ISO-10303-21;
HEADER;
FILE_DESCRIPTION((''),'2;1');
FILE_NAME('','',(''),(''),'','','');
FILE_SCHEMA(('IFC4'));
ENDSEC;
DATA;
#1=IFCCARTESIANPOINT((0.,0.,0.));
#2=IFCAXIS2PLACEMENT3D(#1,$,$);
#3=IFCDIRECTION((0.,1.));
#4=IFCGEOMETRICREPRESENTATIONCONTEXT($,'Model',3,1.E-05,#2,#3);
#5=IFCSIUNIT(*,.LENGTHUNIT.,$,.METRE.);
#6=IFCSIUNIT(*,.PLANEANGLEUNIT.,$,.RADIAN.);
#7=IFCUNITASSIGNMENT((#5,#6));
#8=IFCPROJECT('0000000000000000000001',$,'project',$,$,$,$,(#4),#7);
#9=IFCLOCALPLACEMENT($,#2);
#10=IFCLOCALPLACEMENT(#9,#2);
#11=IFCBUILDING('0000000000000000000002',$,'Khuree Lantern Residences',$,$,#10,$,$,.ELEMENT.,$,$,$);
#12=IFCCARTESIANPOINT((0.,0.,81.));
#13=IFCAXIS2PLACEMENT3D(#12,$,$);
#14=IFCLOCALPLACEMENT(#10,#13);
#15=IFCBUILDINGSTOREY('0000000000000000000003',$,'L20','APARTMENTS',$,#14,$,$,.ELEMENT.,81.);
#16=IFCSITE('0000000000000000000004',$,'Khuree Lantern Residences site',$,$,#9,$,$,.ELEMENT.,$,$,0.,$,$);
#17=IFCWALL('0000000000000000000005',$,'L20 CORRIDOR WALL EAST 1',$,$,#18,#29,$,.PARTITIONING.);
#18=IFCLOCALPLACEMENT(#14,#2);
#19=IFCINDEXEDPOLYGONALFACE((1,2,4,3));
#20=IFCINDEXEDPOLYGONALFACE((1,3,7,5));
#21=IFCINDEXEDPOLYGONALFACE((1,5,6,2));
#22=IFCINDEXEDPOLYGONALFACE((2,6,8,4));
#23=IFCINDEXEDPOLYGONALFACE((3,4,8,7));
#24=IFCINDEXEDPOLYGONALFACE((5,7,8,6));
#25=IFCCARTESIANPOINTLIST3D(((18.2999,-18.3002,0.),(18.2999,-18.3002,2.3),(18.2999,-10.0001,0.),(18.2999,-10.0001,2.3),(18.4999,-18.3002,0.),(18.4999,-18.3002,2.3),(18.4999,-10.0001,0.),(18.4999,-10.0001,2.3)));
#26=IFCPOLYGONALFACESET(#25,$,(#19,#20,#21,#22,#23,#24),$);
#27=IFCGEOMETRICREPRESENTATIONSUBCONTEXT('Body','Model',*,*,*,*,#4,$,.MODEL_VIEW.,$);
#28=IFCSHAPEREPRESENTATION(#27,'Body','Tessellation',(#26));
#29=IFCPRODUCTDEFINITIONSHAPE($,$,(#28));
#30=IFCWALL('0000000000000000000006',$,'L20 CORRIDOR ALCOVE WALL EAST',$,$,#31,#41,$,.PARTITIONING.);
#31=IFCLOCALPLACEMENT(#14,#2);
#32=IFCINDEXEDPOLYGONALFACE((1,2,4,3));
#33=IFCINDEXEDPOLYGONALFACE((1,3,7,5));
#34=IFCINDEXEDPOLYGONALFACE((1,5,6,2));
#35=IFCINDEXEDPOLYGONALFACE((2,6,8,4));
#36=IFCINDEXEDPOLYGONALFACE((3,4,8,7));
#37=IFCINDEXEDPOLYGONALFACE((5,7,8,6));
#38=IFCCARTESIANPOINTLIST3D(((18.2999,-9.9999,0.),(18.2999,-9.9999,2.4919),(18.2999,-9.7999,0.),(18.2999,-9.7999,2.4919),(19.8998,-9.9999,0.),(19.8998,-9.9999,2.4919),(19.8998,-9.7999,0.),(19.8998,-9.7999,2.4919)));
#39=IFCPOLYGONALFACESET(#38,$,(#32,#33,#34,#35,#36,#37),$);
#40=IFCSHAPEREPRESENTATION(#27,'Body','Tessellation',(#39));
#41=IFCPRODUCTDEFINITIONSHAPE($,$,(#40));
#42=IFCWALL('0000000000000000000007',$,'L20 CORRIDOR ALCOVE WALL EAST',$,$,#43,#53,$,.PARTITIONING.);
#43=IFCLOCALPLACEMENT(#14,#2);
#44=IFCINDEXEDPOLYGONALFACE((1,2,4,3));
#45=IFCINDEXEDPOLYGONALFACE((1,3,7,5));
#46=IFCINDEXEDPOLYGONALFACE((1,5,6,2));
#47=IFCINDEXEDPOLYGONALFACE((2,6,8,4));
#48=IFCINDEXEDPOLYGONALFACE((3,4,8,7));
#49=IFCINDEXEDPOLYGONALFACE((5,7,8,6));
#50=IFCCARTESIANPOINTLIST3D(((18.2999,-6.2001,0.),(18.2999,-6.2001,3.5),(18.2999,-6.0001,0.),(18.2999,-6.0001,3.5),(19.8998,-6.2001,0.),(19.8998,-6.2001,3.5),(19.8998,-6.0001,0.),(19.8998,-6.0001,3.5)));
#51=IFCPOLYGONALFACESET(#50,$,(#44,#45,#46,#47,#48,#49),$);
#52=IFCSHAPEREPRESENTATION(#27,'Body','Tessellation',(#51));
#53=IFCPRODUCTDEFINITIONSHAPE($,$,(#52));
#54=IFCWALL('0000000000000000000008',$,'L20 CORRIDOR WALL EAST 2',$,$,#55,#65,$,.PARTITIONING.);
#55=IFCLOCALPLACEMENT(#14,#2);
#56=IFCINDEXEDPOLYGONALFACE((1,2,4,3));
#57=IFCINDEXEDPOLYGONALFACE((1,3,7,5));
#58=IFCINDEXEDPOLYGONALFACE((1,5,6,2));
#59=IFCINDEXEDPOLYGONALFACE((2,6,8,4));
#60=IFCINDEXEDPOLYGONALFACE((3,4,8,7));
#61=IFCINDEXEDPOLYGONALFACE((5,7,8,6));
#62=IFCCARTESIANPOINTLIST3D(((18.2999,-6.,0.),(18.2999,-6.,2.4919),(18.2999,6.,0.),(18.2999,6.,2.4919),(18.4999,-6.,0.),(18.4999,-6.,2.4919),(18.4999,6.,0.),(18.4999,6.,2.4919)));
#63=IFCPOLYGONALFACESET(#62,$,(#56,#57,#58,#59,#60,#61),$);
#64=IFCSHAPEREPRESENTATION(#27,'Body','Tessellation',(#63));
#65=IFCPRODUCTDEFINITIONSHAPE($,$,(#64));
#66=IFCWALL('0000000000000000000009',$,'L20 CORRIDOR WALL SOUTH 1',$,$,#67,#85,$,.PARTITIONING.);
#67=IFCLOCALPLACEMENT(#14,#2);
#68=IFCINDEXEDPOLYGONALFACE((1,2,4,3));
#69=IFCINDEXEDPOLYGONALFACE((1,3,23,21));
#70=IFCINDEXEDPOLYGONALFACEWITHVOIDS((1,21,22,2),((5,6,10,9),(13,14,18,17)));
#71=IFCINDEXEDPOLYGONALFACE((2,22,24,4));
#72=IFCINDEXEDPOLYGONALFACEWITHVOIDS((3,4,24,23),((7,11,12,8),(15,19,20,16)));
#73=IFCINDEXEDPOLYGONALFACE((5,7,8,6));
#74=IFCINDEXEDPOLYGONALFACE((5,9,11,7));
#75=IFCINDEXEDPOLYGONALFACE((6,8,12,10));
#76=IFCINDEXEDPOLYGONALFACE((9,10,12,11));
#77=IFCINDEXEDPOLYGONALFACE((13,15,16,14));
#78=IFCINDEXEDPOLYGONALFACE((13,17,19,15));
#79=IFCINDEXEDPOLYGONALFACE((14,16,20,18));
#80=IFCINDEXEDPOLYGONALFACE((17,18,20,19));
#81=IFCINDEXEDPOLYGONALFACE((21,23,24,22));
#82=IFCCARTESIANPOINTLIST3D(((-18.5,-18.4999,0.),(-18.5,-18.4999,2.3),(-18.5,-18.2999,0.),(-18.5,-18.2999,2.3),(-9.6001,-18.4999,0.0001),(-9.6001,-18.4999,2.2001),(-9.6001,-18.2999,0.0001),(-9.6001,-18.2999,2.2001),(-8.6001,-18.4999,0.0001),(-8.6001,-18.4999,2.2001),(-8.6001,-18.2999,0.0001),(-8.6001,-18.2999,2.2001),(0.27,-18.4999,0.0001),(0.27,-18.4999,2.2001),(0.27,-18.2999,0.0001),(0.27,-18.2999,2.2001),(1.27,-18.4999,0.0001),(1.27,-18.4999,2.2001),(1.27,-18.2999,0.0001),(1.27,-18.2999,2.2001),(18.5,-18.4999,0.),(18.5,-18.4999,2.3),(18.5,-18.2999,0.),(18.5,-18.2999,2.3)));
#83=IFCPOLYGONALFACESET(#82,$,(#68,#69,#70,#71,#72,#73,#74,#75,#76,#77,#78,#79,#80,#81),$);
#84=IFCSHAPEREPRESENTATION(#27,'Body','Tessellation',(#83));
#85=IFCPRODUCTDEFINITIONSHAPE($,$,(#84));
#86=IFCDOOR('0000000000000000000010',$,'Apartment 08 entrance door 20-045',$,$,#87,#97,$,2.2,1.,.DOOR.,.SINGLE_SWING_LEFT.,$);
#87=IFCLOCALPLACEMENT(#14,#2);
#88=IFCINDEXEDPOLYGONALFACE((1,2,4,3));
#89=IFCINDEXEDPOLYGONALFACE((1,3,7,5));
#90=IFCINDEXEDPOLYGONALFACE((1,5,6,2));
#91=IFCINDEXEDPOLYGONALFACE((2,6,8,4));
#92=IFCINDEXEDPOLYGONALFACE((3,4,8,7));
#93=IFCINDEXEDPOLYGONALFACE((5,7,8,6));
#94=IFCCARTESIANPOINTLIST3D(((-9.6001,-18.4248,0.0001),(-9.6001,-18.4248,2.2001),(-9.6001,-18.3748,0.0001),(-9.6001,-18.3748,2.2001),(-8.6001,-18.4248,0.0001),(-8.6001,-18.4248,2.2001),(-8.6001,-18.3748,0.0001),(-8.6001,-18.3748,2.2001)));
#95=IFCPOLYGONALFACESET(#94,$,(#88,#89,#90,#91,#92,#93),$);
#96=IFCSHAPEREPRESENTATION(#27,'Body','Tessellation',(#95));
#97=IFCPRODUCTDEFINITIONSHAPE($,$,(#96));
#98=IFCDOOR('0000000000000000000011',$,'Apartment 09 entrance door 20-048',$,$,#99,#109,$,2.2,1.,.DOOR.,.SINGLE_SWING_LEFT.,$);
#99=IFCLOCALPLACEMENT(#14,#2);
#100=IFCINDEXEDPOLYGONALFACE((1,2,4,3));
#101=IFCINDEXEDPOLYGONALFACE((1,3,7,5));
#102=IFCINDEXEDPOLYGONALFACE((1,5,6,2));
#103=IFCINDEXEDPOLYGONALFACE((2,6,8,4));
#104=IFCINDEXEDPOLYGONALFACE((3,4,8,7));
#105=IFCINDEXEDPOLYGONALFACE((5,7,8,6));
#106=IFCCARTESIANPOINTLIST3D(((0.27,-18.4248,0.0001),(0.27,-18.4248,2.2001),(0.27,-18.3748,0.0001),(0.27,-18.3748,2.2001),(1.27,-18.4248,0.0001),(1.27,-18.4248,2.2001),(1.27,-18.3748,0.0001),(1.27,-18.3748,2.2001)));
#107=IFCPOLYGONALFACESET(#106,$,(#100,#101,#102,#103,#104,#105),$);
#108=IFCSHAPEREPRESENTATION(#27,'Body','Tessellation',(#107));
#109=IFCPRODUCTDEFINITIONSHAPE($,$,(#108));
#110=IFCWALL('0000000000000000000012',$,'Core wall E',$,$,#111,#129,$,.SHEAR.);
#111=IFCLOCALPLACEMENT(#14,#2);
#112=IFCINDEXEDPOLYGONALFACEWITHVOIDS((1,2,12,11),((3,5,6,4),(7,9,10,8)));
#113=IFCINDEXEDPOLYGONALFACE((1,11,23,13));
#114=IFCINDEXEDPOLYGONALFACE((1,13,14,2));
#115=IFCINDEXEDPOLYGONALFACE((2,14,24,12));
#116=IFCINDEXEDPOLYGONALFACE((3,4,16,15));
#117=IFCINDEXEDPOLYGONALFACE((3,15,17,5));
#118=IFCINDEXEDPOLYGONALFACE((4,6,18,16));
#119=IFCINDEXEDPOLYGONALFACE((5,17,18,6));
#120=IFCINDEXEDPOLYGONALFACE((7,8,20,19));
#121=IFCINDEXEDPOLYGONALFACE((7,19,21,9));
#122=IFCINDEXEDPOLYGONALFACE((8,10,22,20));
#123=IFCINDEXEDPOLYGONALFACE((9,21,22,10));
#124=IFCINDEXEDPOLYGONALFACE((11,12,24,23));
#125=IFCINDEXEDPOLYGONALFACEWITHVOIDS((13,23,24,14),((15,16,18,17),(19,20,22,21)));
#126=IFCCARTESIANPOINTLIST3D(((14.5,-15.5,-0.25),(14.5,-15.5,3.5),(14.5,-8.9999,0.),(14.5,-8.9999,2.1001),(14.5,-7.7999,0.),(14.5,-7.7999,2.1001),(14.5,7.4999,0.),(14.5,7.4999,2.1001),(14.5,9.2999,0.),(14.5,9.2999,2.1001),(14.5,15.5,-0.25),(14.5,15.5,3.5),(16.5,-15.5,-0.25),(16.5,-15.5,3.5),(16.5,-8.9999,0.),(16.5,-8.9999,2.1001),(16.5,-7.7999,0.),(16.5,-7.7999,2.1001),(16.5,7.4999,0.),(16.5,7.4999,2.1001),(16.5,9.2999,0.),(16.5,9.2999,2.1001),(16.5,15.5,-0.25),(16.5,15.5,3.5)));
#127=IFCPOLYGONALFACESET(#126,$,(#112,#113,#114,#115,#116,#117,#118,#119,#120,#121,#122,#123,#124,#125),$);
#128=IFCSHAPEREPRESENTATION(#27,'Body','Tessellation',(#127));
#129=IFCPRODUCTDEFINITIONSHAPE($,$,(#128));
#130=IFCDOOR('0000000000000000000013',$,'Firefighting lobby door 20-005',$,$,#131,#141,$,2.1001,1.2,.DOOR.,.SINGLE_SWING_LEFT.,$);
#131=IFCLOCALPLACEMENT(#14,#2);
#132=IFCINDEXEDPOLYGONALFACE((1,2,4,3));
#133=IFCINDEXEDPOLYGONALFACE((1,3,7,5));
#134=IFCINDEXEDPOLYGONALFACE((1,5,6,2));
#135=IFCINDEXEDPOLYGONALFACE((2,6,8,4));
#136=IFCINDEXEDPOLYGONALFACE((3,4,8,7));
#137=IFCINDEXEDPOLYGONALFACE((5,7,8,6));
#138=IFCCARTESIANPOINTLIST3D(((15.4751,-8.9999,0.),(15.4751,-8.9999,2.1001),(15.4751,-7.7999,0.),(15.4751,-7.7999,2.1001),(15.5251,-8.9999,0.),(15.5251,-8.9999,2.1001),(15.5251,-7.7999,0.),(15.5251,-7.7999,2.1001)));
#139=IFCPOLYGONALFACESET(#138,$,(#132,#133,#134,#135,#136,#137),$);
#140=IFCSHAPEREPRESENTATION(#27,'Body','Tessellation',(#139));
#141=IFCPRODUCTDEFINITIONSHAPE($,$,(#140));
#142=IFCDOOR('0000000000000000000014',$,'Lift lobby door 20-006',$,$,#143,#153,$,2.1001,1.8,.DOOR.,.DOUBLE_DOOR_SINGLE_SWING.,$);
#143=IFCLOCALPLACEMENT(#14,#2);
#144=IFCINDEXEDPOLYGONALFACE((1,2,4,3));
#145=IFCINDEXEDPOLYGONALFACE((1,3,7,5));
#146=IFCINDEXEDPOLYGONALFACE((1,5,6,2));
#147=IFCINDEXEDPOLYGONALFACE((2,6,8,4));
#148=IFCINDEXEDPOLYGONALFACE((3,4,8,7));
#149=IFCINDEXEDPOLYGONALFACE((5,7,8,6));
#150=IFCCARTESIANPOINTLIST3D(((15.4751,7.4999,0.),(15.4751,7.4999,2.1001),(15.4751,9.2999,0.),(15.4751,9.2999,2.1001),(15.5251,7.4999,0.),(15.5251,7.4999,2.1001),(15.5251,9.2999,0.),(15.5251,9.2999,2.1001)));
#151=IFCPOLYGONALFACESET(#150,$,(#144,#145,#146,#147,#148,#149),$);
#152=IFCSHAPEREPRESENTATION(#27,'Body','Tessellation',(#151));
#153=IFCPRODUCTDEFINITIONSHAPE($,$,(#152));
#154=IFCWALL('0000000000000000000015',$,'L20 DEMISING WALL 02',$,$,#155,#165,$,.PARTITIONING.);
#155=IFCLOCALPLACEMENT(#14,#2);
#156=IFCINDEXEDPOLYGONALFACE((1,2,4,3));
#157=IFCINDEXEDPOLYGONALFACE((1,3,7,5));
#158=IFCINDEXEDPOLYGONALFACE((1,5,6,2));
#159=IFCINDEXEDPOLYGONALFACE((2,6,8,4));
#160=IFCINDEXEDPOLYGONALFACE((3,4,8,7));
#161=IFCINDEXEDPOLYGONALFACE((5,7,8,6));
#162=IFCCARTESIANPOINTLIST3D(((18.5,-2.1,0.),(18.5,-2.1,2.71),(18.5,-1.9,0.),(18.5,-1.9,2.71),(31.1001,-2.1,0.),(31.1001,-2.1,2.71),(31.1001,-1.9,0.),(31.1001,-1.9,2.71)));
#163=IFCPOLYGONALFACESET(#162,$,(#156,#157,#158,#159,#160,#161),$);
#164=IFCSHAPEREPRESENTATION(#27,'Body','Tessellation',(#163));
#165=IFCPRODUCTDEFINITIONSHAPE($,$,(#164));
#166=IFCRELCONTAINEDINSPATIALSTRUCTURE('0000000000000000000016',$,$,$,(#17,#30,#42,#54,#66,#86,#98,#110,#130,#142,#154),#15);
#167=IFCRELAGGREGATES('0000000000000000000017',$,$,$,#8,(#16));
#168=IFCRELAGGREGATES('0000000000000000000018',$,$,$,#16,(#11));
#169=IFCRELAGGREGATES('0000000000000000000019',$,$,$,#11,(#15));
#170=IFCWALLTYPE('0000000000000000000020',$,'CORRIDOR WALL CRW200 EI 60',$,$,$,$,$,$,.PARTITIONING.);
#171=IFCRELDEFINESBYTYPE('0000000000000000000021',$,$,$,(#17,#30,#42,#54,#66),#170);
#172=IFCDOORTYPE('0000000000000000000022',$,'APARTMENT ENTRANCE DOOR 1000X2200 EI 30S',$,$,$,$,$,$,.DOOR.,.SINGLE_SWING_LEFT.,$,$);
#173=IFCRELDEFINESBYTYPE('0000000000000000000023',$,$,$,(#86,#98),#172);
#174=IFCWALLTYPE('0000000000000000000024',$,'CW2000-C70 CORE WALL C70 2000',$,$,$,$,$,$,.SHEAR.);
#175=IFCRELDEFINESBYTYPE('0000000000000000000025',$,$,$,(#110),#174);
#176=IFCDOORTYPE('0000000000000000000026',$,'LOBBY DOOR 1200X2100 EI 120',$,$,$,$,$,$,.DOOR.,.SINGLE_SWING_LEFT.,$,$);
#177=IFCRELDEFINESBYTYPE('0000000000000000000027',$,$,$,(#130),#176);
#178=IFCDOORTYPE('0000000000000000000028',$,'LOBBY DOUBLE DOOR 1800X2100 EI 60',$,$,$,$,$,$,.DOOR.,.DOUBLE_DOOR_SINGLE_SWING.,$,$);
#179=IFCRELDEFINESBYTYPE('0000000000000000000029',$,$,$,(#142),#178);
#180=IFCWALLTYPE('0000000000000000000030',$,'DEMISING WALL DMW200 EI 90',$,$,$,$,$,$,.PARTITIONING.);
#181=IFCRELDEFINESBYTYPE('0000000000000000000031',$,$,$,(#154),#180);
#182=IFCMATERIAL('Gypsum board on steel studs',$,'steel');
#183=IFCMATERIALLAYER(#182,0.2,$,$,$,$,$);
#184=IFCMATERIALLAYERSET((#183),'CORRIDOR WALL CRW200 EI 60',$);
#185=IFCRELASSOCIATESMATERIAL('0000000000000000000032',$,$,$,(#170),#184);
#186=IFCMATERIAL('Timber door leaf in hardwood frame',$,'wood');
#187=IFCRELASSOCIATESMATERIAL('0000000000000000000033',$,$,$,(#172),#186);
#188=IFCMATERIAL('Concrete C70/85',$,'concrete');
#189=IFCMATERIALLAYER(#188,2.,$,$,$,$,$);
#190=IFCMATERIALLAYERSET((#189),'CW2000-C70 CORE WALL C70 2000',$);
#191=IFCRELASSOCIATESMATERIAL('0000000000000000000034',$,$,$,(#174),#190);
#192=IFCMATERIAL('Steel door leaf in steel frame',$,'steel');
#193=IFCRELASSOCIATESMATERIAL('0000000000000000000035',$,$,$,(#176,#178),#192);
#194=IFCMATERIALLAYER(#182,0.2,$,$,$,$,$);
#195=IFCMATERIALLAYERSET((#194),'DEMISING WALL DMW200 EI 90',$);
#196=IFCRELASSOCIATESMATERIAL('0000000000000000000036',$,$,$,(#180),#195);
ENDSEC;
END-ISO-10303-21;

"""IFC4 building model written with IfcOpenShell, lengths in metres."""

from ifc_helpers import new_model, si_unit, direction, frame, frame_2d, origin, place, context, subcontext, project, spatial, rectangle, extrude, material, layer, layer_set, type_object, element, fill, save


model = new_model("IFC4")

# Units and contexts
model_context = context("Model", 3, precision=1e-05, world=origin(), true_north=direction((0.0, 1.0)))
body_context = subcontext(model_context, "Body", "Model", "MODEL_VIEW")
ifc_project = project(units=[si_unit("LENGTHUNIT", "METRE"), si_unit("PLANEANGLEUNIT", "RADIAN")], contexts=[model_context])

# Site, building, storey
site_placement = place(None, origin())
site = spatial("IfcSite", under=ifc_project, at=site_placement, Name="Khuree Lantern Residences site", CompositionType="ELEMENT", RefElevation=0.0)
building_placement = place(site_placement, origin())
building = spatial("IfcBuilding", under=site, at=building_placement, Name="Khuree Lantern Residences", CompositionType="ELEMENT")
storey_placement = place(building_placement, frame((0.0, 0.0, 81.0)))
storey = spatial("IfcBuildingStorey", under=building, at=storey_placement, Name="L20", Description="APARTMENTS", CompositionType="ELEMENT", Elevation=81.0)

# Shared definitions
ifc_material_1 = material(Name="Concrete C70/85", Category="concrete")

# Shared definitions
ifc_material_2 = material(Name="Timber door leaf in hardwood frame", Category="wood")

# Walls
ifc_material_3 = material(Name="Gypsum board on steel studs", Category="steel")
ifc_layer_1 = layer(ifc_material_3, 0.2)
ifc_layer_set_1 = layer_set([ifc_layer_1], Name="CORRIDOR WALL CRW200 EI 60")
wall_type_1 = type_object("IfcWallType", Name="CORRIDOR WALL CRW200 EI 60", PredefinedType="PARTITIONING", material=ifc_layer_set_1)
wall_1_placement = place(storey_placement, frame((18.3999, -18.3, 0.0), z_axis=(0.0, 0.0, 1.0), x_axis=(0.0, 1.0, 0.0)))
element("IfcWall", 1, at=wall_1_placement, inside=storey, type_object=wall_type_1, Name="L20 CORRIDOR WALL EAST 1", PredefinedType="PARTITIONING", context=body_context, shape_type="SweptSolid", body=[
    extrude(rectangle(XDim=8.3, YDim=0.2, at=frame_2d((4.1499, 0.0))), origin(), (0.0, 0.0, 1.0), 2.3),
])
wall_2_placement = place(storey_placement, frame((18.3, -9.8999, 0.0), z_axis=(0.0, 0.0, 1.0), x_axis=(1.0, 0.0, 0.0)))
element("IfcWall", 2, at=wall_2_placement, inside=storey, type_object=wall_type_1, Name="L20 CORRIDOR ALCOVE WALL EAST", PredefinedType="PARTITIONING", context=body_context, shape_type="SweptSolid", body=[
    extrude(rectangle(XDim=1.5999, YDim=0.2, at=frame_2d((0.7998, 0.0))), origin(), (0.0, 0.0, 1.0), 2.4919),
])
wall_3_placement = place(storey_placement, frame((18.3, -6.1001, 0.0), z_axis=(0.0, 0.0, 1.0), x_axis=(1.0, 0.0, 0.0)))
element("IfcWall", 3, at=wall_3_placement, inside=storey, type_object=wall_type_1, Name="L20 CORRIDOR ALCOVE WALL EAST", PredefinedType="PARTITIONING", context=body_context, shape_type="SweptSolid", body=[
    extrude(rectangle(XDim=1.5999, YDim=0.2, at=frame_2d((0.7998, 0.0))), origin(), (0.0, 0.0, 1.0), 3.5),
])
wall_4_placement = place(storey_placement, frame((18.3999, -6.0, 0.0), z_axis=(0.0, 0.0, 1.0), x_axis=(0.0, 1.0, 0.0)))
element("IfcWall", 4, at=wall_4_placement, inside=storey, type_object=wall_type_1, Name="L20 CORRIDOR WALL EAST 2", PredefinedType="PARTITIONING", context=body_context, shape_type="SweptSolid", body=[
    extrude(rectangle(XDim=12.0, YDim=0.2, at=frame_2d((6.0, 0.0))), origin(), (0.0, 0.0, 1.0), 2.4919),
])

# Walls, openings, doors
wall_5_placement = place(storey_placement, frame((18.5, -18.3999, 0.0), z_axis=(0.0, 0.0, 1.0), x_axis=(-1.0, 0.0, 0.0)))
wall_5 = element("IfcWall", 5, at=wall_5_placement, inside=storey, type_object=wall_type_1, Name="L20 CORRIDOR WALL SOUTH 1", PredefinedType="PARTITIONING", context=body_context, shape_type="SweptSolid", body=[
    extrude(rectangle(XDim=37.0, YDim=0.2, at=frame_2d((18.5, 0.0))), origin(), (0.0, 0.0, 1.0), 2.3),
])
opening_1_placement = place(wall_5_placement, frame((27.1001, 0.0, 0.0)))
opening_1 = element("IfcOpeningElement", 6, at=opening_1_placement, cuts=wall_5, PredefinedType="OPENING", context=body_context, shape_type="SweptSolid", body=[
    extrude(rectangle(XDim=1.0, YDim=2.2, at=frame_2d((0.5, 1.1001))), frame((0.0, 0.1099, 0.0), z_axis=(0.0, -1.0, 0.0), x_axis=(1.0, 0.0, 0.0)), (0.0, 0.0, 1.0), 0.22),
])
opening_2_placement = place(wall_5_placement, frame((17.23, 0.0, 0.0)))
opening_2 = element("IfcOpeningElement", 7, at=opening_2_placement, cuts=wall_5, PredefinedType="OPENING", context=body_context, shape_type="SweptSolid", body=[
    extrude(rectangle(XDim=1.0, YDim=2.2, at=frame_2d((0.5, 1.1001))), frame((0.0, 0.1099, 0.0), z_axis=(0.0, -1.0, 0.0), x_axis=(1.0, 0.0, 0.0)), (0.0, 0.0, 1.0), 0.22),
])
door_type_1 = type_object("IfcDoorType", Name="APARTMENT ENTRANCE DOOR 1000X2200 EI 30S", OperationType="SINGLE_SWING_LEFT", PredefinedType="DOOR", material=ifc_material_2)
door_1_placement = place(opening_1_placement, origin())
door_1 = element("IfcDoor", 8, at=door_1_placement, inside=storey, type_object=door_type_1, Name="Apartment 08 entrance door 20-045", OperationType="SINGLE_SWING_LEFT", OverallHeight=2.2, OverallWidth=1.0, PredefinedType="DOOR", context=body_context, shape_type="SweptSolid", body=[
    extrude(rectangle(XDim=1.0, YDim=2.2, at=frame_2d((0.5, 1.1001))), frame((0.0, 0.0249, 0.0), z_axis=(0.0, -1.0, 0.0), x_axis=(1.0, 0.0, 0.0)), (0.0, 0.0, 1.0), 0.05),
])
fill(opening_1, door_1)
door_2_placement = place(opening_2_placement, origin())
door_2 = element("IfcDoor", 9, at=door_2_placement, inside=storey, type_object=door_type_1, Name="Apartment 09 entrance door 20-048", OperationType="SINGLE_SWING_LEFT", OverallHeight=2.2, OverallWidth=1.0, PredefinedType="DOOR", context=body_context, shape_type="SweptSolid", body=[
    extrude(rectangle(XDim=1.0, YDim=2.2, at=frame_2d((0.5, 1.1001))), frame((0.0, 0.0249, 0.0), z_axis=(0.0, -1.0, 0.0), x_axis=(1.0, 0.0, 0.0)), (0.0, 0.0, 1.0), 0.05),
])
fill(opening_2, door_2)
ifc_layer_2 = layer(ifc_material_1, 2.0)
ifc_layer_set_2 = layer_set([ifc_layer_2], Name="CW2000-C70 CORE WALL C70 2000")
wall_type_2 = type_object("IfcWallType", Name="CW2000-C70 CORE WALL C70 2000", PredefinedType="SHEAR", material=ifc_layer_set_2)
wall_6_placement = place(storey_placement, frame((15.5, -15.5, -0.25), z_axis=(0.0, 0.0, 1.0), x_axis=(0.0, 1.0, 0.0)))
wall_6 = element("IfcWall", 10, at=wall_6_placement, inside=storey, type_object=wall_type_2, Name="Core wall E", PredefinedType="SHEAR", context=body_context, shape_type="SweptSolid", body=[
    extrude(rectangle(XDim=31.0, YDim=2.0, at=frame_2d((15.5, 0.0))), origin(), (0.0, 0.0, 1.0), 3.75),
])
opening_3_placement = place(wall_6_placement, frame((6.5, 0.0, 0.25)))
opening_3 = element("IfcOpeningElement", 11, at=opening_3_placement, cuts=wall_6, PredefinedType="OPENING", context=body_context, shape_type="SweptSolid", body=[
    extrude(rectangle(XDim=1.2, YDim=2.1001, at=frame_2d((0.6001, 1.05))), frame((0.0, 1.01, 0.0), z_axis=(0.0, -1.0, 0.0), x_axis=(1.0, 0.0, 0.0)), (0.0, 0.0, 1.0), 2.02),
])
opening_4_placement = place(wall_6_placement, frame((23.0, 0.0, 0.25)))
opening_4 = element("IfcOpeningElement", 12, at=opening_4_placement, cuts=wall_6, PredefinedType="OPENING", context=body_context, shape_type="SweptSolid", body=[
    extrude(rectangle(XDim=1.8, YDim=2.1001, at=frame_2d((0.8999, 1.05))), frame((0.0, 1.01, 0.0), z_axis=(0.0, -1.0, 0.0), x_axis=(1.0, 0.0, 0.0)), (0.0, 0.0, 1.0), 2.02),
])
ifc_material_4 = material(Name="Steel door leaf in steel frame", Category="steel")
door_type_2 = type_object("IfcDoorType", Name="LOBBY DOOR 1200X2100 EI 120", OperationType="SINGLE_SWING_LEFT", PredefinedType="DOOR", material=ifc_material_4)
door_3_placement = place(opening_3_placement, origin())
door_3 = element("IfcDoor", 13, at=door_3_placement, inside=storey, type_object=door_type_2, Name="Firefighting lobby door 20-005", OperationType="SINGLE_SWING_LEFT", OverallHeight=2.1001, OverallWidth=1.2, PredefinedType="DOOR", context=body_context, shape_type="SweptSolid", body=[
    extrude(rectangle(XDim=1.2, YDim=2.1001, at=frame_2d((0.6001, 1.05))), frame((0.0, 0.0249, 0.0), z_axis=(0.0, -1.0, 0.0), x_axis=(1.0, 0.0, 0.0)), (0.0, 0.0, 1.0), 0.05),
])
fill(opening_3, door_3)
door_type_3 = type_object("IfcDoorType", Name="LOBBY DOUBLE DOOR 1800X2100 EI 60", OperationType="DOUBLE_DOOR_SINGLE_SWING", PredefinedType="DOOR", material=ifc_material_4)
door_4_placement = place(opening_4_placement, origin())
door_4 = element("IfcDoor", 14, at=door_4_placement, inside=storey, type_object=door_type_3, Name="Lift lobby door 20-006", OperationType="DOUBLE_DOOR_SINGLE_SWING", OverallHeight=2.1001, OverallWidth=1.8, PredefinedType="DOOR", context=body_context, shape_type="SweptSolid", body=[
    extrude(rectangle(XDim=1.8, YDim=2.1001, at=frame_2d((0.8999, 1.05))), frame((0.0, 0.0249, 0.0), z_axis=(0.0, -1.0, 0.0), x_axis=(1.0, 0.0, 0.0)), (0.0, 0.0, 1.0), 0.05),
])
fill(opening_4, door_4)

# Wall
ifc_layer_3 = layer(ifc_material_3, 0.2)
ifc_layer_set_3 = layer_set([ifc_layer_3], Name="DEMISING WALL DMW200 EI 90")
wall_type_3 = type_object("IfcWallType", Name="DEMISING WALL DMW200 EI 90", PredefinedType="PARTITIONING", material=ifc_layer_set_3)
wall_7_placement = place(storey_placement, frame((18.5, -2.0, 0.0), z_axis=(0.0, 0.0, 1.0), x_axis=(1.0, 0.0, 0.0)))
element("IfcWall", 15, at=wall_7_placement, inside=storey, type_object=wall_type_3, Name="L20 DEMISING WALL 02", PredefinedType="PARTITIONING", context=body_context, shape_type="SweptSolid", body=[
    extrude(rectangle(XDim=12.6001, YDim=0.2, at=frame_2d((6.3, 0.0))), origin(), (0.0, 0.0, 1.0), 2.71),
])

save(model, "model.ifc")
